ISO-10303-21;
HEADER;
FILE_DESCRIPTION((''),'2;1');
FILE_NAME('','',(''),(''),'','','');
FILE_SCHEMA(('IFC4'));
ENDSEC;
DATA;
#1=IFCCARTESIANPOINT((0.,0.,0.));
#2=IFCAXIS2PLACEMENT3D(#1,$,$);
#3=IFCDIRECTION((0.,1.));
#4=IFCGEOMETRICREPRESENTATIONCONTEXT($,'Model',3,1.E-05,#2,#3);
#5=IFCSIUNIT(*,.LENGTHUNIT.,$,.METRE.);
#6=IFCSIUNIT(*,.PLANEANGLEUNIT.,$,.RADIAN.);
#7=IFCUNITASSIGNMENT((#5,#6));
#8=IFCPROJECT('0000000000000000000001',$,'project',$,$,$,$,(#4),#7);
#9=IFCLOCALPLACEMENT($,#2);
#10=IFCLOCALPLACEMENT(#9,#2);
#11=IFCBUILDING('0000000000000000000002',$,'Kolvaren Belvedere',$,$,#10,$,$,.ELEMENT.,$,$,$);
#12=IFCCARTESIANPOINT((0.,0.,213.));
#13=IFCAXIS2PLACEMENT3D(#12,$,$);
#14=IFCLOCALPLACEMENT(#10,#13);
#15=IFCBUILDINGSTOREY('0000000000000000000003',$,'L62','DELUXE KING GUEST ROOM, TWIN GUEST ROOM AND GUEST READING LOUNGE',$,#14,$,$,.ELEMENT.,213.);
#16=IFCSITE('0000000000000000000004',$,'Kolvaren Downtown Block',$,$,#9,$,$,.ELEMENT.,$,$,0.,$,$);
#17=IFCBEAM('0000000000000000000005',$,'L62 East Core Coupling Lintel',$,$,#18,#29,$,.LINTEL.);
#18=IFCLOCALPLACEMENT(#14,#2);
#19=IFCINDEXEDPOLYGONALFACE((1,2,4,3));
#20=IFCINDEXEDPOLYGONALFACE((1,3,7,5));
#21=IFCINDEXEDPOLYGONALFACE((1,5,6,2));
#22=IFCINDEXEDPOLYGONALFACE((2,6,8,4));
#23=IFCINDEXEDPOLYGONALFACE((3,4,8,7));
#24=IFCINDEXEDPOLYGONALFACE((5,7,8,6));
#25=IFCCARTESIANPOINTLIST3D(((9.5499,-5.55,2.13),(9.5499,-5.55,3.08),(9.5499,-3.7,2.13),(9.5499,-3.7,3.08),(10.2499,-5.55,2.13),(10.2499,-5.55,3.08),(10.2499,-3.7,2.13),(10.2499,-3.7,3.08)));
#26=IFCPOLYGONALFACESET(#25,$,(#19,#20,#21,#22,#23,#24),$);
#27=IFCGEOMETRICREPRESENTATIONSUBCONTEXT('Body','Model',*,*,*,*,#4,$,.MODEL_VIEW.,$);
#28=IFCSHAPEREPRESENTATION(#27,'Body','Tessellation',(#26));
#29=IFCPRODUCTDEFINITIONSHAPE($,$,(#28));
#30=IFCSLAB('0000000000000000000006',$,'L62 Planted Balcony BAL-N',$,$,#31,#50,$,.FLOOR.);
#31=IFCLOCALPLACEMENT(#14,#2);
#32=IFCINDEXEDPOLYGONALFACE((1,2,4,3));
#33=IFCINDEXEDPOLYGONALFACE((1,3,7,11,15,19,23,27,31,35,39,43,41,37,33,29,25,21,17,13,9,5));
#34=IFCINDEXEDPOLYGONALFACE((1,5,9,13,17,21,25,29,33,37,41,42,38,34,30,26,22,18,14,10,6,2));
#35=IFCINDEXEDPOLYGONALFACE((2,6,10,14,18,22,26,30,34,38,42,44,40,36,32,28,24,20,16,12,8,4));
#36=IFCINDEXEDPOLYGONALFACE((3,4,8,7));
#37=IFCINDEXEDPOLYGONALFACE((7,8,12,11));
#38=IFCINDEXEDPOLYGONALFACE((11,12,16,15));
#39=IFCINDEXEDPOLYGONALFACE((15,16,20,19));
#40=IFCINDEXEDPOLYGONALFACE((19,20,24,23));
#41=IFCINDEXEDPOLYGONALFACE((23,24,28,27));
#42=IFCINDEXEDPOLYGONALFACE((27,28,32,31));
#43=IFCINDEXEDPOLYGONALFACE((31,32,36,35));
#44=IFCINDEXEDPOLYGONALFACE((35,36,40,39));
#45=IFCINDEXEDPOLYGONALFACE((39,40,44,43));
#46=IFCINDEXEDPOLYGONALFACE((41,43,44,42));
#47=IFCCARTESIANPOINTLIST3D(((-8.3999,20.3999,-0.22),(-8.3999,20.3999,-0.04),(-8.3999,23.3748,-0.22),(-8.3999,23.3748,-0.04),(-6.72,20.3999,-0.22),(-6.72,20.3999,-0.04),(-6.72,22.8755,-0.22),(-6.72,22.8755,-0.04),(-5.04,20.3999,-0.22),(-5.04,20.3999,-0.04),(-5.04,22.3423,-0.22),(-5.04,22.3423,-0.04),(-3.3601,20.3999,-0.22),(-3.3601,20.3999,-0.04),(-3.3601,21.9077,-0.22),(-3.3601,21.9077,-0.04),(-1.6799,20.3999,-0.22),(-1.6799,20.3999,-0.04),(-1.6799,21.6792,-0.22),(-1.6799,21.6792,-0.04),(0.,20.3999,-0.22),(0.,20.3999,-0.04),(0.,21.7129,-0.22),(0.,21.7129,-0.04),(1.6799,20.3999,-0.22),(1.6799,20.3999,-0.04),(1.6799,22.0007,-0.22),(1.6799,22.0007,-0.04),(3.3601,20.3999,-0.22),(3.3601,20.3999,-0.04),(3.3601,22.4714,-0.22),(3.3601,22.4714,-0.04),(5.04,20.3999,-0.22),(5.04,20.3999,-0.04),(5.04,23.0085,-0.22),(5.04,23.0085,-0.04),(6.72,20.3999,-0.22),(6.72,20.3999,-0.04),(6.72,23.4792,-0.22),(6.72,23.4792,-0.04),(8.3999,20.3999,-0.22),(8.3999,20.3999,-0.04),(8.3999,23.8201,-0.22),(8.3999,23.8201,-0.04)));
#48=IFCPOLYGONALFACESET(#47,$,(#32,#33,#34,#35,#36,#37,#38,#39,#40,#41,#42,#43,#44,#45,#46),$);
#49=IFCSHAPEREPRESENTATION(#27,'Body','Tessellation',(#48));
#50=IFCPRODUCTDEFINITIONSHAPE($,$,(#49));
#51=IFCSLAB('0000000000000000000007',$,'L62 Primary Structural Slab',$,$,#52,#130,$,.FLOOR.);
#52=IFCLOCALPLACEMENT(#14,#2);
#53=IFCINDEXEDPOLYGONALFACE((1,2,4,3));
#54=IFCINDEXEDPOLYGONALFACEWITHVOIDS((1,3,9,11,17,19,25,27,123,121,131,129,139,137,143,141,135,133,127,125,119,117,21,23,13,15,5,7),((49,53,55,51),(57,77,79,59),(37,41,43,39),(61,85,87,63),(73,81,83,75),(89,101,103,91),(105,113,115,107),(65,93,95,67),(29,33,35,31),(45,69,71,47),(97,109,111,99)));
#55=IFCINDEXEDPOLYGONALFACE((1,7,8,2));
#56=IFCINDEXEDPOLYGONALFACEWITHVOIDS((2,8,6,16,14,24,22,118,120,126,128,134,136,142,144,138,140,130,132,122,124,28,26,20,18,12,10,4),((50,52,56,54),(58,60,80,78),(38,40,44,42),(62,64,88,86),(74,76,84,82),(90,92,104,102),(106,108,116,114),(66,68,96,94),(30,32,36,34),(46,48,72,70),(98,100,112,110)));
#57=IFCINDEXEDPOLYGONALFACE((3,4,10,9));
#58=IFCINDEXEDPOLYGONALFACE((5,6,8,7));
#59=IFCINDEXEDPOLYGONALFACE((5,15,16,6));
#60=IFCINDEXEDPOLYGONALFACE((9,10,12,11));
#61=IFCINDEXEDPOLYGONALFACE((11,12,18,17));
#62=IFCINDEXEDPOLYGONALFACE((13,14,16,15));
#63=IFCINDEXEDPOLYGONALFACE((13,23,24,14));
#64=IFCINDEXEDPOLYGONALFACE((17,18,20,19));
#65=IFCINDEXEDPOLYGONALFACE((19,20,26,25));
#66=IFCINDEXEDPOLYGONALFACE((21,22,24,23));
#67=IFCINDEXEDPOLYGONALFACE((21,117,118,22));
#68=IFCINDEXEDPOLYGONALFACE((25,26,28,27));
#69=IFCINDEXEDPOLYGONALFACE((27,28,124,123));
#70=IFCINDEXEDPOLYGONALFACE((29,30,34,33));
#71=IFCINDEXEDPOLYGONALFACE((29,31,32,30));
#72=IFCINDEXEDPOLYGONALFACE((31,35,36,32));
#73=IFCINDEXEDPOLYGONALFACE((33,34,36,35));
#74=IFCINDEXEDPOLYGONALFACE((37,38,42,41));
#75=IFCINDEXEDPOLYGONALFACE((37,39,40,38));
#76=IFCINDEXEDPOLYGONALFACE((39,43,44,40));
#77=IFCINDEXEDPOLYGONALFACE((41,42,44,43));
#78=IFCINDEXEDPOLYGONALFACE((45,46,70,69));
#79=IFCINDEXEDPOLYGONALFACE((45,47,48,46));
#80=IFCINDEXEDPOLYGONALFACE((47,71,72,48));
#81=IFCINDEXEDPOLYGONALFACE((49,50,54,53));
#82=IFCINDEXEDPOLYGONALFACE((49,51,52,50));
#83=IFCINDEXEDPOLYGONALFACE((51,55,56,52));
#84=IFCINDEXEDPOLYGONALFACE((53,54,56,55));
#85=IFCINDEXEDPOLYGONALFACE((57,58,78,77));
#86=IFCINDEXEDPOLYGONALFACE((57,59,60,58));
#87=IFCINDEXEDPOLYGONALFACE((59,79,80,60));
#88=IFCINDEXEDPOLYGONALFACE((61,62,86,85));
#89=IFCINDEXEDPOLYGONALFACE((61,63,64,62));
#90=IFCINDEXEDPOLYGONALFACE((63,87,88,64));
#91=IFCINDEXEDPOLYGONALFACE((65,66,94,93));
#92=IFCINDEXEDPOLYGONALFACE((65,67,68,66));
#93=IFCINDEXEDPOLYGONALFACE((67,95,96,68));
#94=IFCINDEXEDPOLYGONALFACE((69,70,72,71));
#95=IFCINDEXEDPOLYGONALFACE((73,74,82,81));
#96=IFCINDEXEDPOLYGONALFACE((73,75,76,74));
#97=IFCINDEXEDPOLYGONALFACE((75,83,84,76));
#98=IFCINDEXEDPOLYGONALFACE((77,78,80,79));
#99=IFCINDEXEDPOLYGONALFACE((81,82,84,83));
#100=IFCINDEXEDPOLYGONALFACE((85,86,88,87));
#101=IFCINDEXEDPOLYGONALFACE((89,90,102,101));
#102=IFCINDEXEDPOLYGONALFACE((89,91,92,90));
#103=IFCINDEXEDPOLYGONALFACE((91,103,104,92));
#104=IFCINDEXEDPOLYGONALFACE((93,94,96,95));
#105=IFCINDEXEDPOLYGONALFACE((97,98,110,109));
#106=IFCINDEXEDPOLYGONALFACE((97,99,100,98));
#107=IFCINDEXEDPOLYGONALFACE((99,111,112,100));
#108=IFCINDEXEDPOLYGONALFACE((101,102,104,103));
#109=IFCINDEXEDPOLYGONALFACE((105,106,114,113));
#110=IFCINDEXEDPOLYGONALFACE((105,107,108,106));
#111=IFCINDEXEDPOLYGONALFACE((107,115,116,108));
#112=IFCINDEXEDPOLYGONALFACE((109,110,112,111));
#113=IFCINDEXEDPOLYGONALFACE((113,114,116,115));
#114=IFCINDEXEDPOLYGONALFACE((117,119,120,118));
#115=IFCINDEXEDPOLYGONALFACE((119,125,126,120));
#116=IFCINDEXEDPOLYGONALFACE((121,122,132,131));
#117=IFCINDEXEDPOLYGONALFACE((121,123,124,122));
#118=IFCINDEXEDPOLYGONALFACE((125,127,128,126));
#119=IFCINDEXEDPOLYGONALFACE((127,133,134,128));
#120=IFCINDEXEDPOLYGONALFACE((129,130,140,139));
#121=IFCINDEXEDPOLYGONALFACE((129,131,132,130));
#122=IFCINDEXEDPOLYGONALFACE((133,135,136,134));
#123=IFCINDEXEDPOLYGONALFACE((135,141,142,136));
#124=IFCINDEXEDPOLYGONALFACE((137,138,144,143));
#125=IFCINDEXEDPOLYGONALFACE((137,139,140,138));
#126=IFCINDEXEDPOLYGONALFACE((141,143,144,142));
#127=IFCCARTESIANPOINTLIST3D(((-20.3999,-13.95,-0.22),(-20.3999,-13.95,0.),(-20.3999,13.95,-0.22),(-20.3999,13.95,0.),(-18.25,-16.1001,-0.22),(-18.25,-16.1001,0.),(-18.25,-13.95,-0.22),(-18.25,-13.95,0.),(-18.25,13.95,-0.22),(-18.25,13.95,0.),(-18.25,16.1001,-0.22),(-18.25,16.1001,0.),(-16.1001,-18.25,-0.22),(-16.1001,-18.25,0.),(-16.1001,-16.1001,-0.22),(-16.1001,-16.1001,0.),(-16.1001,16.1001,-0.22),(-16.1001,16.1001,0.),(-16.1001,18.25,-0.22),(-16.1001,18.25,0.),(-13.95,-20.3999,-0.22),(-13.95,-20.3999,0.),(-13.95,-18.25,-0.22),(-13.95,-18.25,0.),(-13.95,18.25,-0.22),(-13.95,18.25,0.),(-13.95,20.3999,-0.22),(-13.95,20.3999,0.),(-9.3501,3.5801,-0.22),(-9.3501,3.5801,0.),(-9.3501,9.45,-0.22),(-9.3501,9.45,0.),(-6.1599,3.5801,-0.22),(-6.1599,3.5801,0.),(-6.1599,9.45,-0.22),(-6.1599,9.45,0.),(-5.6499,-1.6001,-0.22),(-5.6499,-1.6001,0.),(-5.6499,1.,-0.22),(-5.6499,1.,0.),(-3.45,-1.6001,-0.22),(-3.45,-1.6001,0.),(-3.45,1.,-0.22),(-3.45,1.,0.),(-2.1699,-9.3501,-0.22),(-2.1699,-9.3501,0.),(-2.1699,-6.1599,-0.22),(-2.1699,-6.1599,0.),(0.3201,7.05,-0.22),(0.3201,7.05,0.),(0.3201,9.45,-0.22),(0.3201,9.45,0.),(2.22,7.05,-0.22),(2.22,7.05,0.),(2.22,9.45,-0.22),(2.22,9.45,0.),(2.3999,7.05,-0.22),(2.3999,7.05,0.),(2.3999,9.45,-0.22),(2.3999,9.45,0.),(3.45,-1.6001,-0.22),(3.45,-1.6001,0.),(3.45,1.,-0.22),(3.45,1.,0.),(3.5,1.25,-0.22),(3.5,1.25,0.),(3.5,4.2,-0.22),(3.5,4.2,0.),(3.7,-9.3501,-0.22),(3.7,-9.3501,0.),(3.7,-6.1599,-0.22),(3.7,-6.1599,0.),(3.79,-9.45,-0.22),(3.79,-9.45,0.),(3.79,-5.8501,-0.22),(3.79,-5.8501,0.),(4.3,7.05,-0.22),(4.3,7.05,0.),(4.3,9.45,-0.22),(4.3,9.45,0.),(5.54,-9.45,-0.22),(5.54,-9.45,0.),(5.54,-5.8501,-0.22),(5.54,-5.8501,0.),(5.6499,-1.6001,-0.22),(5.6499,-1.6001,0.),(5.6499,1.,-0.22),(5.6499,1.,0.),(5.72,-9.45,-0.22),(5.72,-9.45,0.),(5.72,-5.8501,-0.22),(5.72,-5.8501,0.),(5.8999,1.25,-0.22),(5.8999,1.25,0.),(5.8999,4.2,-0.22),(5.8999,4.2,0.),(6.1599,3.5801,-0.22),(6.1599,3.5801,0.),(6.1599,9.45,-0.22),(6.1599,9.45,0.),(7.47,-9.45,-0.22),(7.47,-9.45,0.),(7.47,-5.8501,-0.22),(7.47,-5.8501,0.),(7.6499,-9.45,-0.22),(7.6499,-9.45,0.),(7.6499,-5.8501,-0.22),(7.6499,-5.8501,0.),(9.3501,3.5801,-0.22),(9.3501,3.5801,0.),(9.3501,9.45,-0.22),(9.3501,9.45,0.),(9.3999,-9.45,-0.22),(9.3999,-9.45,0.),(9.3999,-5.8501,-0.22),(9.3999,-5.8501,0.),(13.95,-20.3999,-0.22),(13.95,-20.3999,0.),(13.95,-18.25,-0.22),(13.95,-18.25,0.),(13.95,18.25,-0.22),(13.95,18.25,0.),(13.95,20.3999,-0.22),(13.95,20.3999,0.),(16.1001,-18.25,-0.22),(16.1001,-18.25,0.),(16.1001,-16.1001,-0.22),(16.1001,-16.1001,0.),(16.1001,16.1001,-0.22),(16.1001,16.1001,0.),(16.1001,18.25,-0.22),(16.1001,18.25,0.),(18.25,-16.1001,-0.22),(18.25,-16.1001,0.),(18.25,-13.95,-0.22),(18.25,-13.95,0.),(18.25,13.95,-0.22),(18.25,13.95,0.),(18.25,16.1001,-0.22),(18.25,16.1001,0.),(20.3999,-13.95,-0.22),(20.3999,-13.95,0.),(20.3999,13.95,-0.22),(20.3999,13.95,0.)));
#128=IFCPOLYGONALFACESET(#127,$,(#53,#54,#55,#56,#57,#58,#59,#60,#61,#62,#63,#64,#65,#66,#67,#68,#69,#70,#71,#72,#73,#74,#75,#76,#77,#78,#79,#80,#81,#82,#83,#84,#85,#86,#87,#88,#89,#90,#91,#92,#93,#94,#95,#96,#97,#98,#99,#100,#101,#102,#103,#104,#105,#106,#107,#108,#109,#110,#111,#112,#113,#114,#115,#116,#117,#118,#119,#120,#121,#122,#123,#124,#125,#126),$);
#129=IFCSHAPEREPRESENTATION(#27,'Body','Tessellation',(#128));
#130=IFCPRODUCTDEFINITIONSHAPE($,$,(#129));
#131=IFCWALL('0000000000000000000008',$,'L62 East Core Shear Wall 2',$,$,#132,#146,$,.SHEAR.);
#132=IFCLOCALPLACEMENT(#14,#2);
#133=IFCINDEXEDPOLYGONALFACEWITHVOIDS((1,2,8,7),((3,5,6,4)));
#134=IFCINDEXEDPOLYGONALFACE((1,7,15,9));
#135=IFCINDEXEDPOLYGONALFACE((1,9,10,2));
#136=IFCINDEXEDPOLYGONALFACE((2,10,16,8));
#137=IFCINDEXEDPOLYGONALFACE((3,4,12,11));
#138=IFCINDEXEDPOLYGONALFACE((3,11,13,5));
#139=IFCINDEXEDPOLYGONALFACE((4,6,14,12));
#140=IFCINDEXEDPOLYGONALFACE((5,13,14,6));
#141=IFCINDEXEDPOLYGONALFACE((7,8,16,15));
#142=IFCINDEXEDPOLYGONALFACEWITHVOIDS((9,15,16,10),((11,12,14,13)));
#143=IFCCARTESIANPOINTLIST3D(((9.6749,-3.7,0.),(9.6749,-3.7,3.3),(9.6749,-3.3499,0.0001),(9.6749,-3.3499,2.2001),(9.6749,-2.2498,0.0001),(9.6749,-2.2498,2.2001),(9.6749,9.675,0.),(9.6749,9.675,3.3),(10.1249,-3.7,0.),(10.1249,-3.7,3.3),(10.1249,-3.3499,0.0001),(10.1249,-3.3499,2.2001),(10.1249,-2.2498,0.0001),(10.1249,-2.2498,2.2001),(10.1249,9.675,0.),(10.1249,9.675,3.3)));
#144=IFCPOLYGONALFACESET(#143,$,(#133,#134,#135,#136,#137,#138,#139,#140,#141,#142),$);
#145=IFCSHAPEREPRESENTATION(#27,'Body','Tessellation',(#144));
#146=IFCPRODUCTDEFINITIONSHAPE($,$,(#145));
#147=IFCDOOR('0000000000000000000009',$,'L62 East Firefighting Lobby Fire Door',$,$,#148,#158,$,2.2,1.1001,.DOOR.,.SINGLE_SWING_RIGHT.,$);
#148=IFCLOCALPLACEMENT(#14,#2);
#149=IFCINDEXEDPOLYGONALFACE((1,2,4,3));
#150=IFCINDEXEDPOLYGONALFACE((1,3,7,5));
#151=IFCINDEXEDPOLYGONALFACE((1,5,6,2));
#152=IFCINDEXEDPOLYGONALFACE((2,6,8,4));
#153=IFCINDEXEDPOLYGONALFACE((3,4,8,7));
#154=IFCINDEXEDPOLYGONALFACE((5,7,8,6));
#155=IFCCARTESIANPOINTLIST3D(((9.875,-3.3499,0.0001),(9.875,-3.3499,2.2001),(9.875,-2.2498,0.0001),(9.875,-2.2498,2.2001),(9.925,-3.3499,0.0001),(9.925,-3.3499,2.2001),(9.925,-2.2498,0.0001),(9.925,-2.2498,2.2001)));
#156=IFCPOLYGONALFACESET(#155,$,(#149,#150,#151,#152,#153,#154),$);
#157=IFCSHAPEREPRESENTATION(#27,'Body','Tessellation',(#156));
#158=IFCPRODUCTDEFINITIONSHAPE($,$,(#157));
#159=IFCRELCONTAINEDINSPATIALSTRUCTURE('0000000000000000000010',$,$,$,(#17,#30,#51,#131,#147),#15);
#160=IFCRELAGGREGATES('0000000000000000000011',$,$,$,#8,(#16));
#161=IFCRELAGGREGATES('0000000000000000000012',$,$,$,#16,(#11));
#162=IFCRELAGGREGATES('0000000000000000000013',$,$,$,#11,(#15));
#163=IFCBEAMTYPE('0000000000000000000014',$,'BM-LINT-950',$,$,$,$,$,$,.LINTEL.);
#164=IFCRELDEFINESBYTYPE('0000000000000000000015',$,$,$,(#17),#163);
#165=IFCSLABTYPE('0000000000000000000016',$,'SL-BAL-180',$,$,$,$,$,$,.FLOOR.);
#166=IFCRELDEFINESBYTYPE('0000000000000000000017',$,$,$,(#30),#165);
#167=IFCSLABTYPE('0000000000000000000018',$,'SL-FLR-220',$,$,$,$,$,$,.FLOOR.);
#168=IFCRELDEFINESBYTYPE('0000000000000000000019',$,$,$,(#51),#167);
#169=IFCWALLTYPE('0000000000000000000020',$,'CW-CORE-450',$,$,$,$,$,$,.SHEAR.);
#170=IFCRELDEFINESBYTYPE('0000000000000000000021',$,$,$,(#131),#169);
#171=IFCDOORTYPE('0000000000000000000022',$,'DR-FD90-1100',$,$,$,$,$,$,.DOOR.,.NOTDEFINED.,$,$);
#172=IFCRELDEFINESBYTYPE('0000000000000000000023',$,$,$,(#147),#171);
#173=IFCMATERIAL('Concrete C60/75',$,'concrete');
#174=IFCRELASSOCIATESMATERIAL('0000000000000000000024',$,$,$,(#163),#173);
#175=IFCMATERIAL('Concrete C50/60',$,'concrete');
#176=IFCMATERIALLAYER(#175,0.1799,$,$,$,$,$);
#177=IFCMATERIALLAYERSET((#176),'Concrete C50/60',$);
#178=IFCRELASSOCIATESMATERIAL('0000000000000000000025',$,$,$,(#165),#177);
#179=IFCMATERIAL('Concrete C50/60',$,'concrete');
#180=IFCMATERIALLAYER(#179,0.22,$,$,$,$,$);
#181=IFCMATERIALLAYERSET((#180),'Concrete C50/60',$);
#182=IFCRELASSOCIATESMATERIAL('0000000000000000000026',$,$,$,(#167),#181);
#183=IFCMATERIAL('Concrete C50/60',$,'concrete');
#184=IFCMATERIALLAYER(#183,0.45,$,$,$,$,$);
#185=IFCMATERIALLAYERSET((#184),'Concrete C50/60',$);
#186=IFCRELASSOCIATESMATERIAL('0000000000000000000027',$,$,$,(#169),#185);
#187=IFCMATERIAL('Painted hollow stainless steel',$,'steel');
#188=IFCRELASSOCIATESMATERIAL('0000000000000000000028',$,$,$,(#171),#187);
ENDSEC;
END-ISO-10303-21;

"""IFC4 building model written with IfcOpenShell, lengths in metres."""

from ifc_helpers import new_model, si_unit, direction, frame, frame_2d, origin, origin_2d, place, context, subcontext, project, spatial, polyline, rectangle, outline, extrude, material, layer, layer_set, material_profile, profile_set, type_object, element, fill, save


model = new_model("IFC4")

# Units and contexts
model_context = context("Model", 3, precision=1e-05, world=origin(), true_north=direction((0.0, 1.0)))
body_context = subcontext(model_context, "Body", "Model", "MODEL_VIEW")
ifc_project = project(units=[si_unit("LENGTHUNIT", "METRE"), si_unit("PLANEANGLEUNIT", "RADIAN")], contexts=[model_context])

# Site, building, storey
site_placement = place(None, origin())
site = spatial("IfcSite", under=ifc_project, at=site_placement, Name="Kolvaren Downtown Block", CompositionType="ELEMENT", RefElevation=0.0)
building_placement = place(site_placement, origin())
building = spatial("IfcBuilding", under=site, at=building_placement, Name="Kolvaren Belvedere", CompositionType="ELEMENT")
storey_placement = place(building_placement, frame((0.0, 0.0, 213.0)))
storey = spatial("IfcBuildingStorey", under=building, at=storey_placement, Name="L62", Description="DELUXE KING GUEST ROOM, TWIN GUEST ROOM AND GUEST READING LOUNGE", CompositionType="ELEMENT", Elevation=213.0)

# Beam
ifc_material_1 = material(Name="Concrete C60/75", Category="concrete")
ifc_material_profile = material_profile(ifc_material_1, rectangle(XDim=0.7, YDim=0.95, at=origin_2d()), Name="RC 700X950")
ifc_profile_set = profile_set([ifc_material_profile], Name="Concrete C60/75")
beam_type = type_object("IfcBeamType", Name="BM-LINT-950", PredefinedType="LINTEL", material=ifc_profile_set)
beam_placement = place(storey_placement, frame((9.8999, -5.55, 2.605), z_axis=(0.0, 1.0, 0.0), x_axis=(-1.0, 0.0, 0.0)))
element("IfcBeam", 1, at=beam_placement, inside=storey, type_object=beam_type, Name="L62 East Core Coupling Lintel", PredefinedType="LINTEL", context=body_context, shape_type="SweptSolid", body=[
    extrude(rectangle(XDim=0.7, YDim=0.95, at=origin_2d()), origin(), (0.0, 0.0, 1.0), 1.8501),
])

# Slabs
ifc_material_2 = material(Name="Concrete C50/60", Category="concrete")
ifc_layer_1 = layer(ifc_material_2, 0.1799)
ifc_layer_set_1 = layer_set([ifc_layer_1], Name="Concrete C50/60")
slab_type_1 = type_object("IfcSlabType", Name="SL-BAL-180", PredefinedType="FLOOR", material=ifc_layer_set_1)
slab_1_placement = place(storey_placement, frame((0.0, 0.0, -0.22)))
element("IfcSlab", 2, at=slab_1_placement, inside=storey, type_object=slab_type_1, Name="L62 Planted Balcony BAL-N", PredefinedType="FLOOR", context=body_context, shape_type="SweptSolid", body=[
    extrude(outline(polyline([(-8.3999, 20.3999), (-6.72, 20.3999), (-5.04, 20.3999), (-3.3601, 20.3999), (-1.6799, 20.3999), (0.0, 20.3999), (1.6799, 20.3999), (3.3601, 20.3999), (5.04, 20.3999), (6.72, 20.3999), (8.3999, 20.3999), (8.3999, 23.8201), (6.72, 23.4792), (5.04, 23.0085), (3.3601, 22.4714), (1.6799, 22.0007), (0.0, 21.7129), (-1.6799, 21.6792), (-3.3601, 21.9077), (-5.04, 22.3423), (-6.72, 22.8755), (-8.3999, 23.3748), (-8.3999, 20.3999)])), origin(), (0.0, 0.0, 1.0), 0.1799),
])
ifc_material_3 = material(Name="Concrete C50/60", Category="concrete")
ifc_layer_2 = layer(ifc_material_3, 0.22)
ifc_layer_set_2 = layer_set([ifc_layer_2], Name="Concrete C50/60")
slab_type_2 = type_object("IfcSlabType", Name="SL-FLR-220", PredefinedType="FLOOR", material=ifc_layer_set_2)
slab_2_placement = place(storey_placement, frame((0.0, 0.0, -0.22)))
element("IfcSlab", 3, at=slab_2_placement, inside=storey, type_object=slab_type_2, Name="L62 Primary Structural Slab", PredefinedType="FLOOR", context=body_context, shape_type="SweptSolid", body=[
    extrude(outline(polyline([(-13.95, -20.3999), (13.95, -20.3999), (13.95, -18.25), (16.1001, -18.25), (16.1001, -16.1001), (18.25, -16.1001), (18.25, -13.95), (20.3999, -13.95), (20.3999, 13.95), (18.25, 13.95), (18.25, 16.1001), (16.1001, 16.1001), (16.1001, 18.25), (13.95, 18.25), (13.95, 20.3999), (-13.95, 20.3999), (-13.95, 18.25), (-16.1001, 18.25), (-16.1001, 16.1001), (-18.25, 16.1001), (-18.25, 13.95), (-20.3999, 13.95), (-20.3999, -13.95), (-18.25, -13.95), (-18.25, -16.1001), (-16.1001, -16.1001), (-16.1001, -18.25), (-13.95, -18.25), (-13.95, -20.3999)]), holes=[polyline([(-9.3501, 3.5801), (-6.1599, 3.5801), (-6.1599, 9.45), (-9.3501, 9.45), (-9.3501, 3.5801)]), polyline([(6.1599, 3.5801), (9.3501, 3.5801), (9.3501, 9.45), (6.1599, 9.45), (6.1599, 3.5801)]), polyline([(-2.1699, -9.3501), (3.7, -9.3501), (3.7, -6.1599), (-2.1699, -6.1599), (-2.1699, -9.3501)]), polyline([(-5.6499, -1.6001), (-3.45, -1.6001), (-3.45, 1.0), (-5.6499, 1.0), (-5.6499, -1.6001)]), polyline([(3.5, 1.25), (5.8999, 1.25), (5.8999, 4.2), (3.5, 4.2), (3.5, 1.25)]), polyline([(3.45, -1.6001), (5.6499, -1.6001), (5.6499, 1.0), (3.45, 1.0), (3.45, -1.6001)]), polyline([(3.79, -9.45), (5.54, -9.45), (5.54, -5.8501), (3.79, -5.8501), (3.79, -9.45)]), polyline([(5.72, -9.45), (7.47, -9.45), (7.47, -5.8501), (5.72, -5.8501), (5.72, -9.45)]), polyline([(7.6499, -9.45), (9.3999, -9.45), (9.3999, -5.8501), (7.6499, -5.8501), (7.6499, -9.45)]), polyline([(0.3201, 7.05), (2.22, 7.05), (2.22, 9.45), (0.3201, 9.45), (0.3201, 7.05)]), polyline([(2.3999, 7.05), (4.3, 7.05), (4.3, 9.45), (2.3999, 9.45), (2.3999, 7.05)])]), origin(), (0.0, 0.0, 1.0), 0.22),
])

# Wall, opening, door
ifc_material_4 = material(Name="Concrete C50/60", Category="concrete")
ifc_layer_3 = layer(ifc_material_4, 0.45)
ifc_layer_set_3 = layer_set([ifc_layer_3], Name="Concrete C50/60")
wall_type_1 = type_object("IfcWallType", Name="CW-CORE-450", PredefinedType="SHEAR", material=ifc_layer_set_3)
wall_1_placement = place(storey_placement, frame((9.8999, -3.7, 0.0), z_axis=(0.0, 0.0, 1.0), x_axis=(0.0, 1.0, 0.0)))
wall_1 = element("IfcWall", 4, at=wall_1_placement, inside=storey, type_object=wall_type_1, Name="L62 East Core Shear Wall 2", PredefinedType="SHEAR", context=body_context, shape_type="SweptSolid", body=[
    extrude(rectangle(XDim=13.375, YDim=0.45, at=frame_2d((6.6875, 0.0))), origin(), (0.0, 0.0, 1.0), 3.3),
])
opening_1_placement = place(wall_1_placement, frame((0.3501, 0.0, 0.0)))
opening_1 = element("IfcOpeningElement", 5, at=opening_1_placement, cuts=wall_1, PredefinedType="OPENING", context=body_context, shape_type="SweptSolid", body=[
    extrude(rectangle(XDim=1.1001, YDim=2.2, at=frame_2d((0.55, 1.1001))), frame((0.0, 0.2349, 0.0), z_axis=(0.0, -1.0, 0.0), x_axis=(1.0, 0.0, 0.0)), (0.0, 0.0, 1.0), 0.47),
])
ifc_material_5 = material(Name="Painted hollow stainless steel", Category="steel")
door_type_1 = type_object("IfcDoorType", Name="DR-FD90-1100", OperationType="NOTDEFINED", PredefinedType="DOOR", material=ifc_material_5)
door_1_placement = place(opening_1_placement, origin())
door_1 = element("IfcDoor", 6, at=door_1_placement, inside=storey, type_object=door_type_1, Name="L62 East Firefighting Lobby Fire Door", OperationType="SINGLE_SWING_RIGHT", OverallHeight=2.2, OverallWidth=1.1001, PredefinedType="DOOR", context=body_context, shape_type="SweptSolid", body=[
    extrude(rectangle(XDim=1.1001, YDim=2.2, at=frame_2d((0.55, 1.1001))), frame((0.0, 0.0249, 0.0), z_axis=(0.0, -1.0, 0.0), x_axis=(1.0, 0.0, 0.0)), (0.0, 0.0, 1.0), 0.05),
])
fill(opening_1, door_1)

save(model, "model.ifc")
